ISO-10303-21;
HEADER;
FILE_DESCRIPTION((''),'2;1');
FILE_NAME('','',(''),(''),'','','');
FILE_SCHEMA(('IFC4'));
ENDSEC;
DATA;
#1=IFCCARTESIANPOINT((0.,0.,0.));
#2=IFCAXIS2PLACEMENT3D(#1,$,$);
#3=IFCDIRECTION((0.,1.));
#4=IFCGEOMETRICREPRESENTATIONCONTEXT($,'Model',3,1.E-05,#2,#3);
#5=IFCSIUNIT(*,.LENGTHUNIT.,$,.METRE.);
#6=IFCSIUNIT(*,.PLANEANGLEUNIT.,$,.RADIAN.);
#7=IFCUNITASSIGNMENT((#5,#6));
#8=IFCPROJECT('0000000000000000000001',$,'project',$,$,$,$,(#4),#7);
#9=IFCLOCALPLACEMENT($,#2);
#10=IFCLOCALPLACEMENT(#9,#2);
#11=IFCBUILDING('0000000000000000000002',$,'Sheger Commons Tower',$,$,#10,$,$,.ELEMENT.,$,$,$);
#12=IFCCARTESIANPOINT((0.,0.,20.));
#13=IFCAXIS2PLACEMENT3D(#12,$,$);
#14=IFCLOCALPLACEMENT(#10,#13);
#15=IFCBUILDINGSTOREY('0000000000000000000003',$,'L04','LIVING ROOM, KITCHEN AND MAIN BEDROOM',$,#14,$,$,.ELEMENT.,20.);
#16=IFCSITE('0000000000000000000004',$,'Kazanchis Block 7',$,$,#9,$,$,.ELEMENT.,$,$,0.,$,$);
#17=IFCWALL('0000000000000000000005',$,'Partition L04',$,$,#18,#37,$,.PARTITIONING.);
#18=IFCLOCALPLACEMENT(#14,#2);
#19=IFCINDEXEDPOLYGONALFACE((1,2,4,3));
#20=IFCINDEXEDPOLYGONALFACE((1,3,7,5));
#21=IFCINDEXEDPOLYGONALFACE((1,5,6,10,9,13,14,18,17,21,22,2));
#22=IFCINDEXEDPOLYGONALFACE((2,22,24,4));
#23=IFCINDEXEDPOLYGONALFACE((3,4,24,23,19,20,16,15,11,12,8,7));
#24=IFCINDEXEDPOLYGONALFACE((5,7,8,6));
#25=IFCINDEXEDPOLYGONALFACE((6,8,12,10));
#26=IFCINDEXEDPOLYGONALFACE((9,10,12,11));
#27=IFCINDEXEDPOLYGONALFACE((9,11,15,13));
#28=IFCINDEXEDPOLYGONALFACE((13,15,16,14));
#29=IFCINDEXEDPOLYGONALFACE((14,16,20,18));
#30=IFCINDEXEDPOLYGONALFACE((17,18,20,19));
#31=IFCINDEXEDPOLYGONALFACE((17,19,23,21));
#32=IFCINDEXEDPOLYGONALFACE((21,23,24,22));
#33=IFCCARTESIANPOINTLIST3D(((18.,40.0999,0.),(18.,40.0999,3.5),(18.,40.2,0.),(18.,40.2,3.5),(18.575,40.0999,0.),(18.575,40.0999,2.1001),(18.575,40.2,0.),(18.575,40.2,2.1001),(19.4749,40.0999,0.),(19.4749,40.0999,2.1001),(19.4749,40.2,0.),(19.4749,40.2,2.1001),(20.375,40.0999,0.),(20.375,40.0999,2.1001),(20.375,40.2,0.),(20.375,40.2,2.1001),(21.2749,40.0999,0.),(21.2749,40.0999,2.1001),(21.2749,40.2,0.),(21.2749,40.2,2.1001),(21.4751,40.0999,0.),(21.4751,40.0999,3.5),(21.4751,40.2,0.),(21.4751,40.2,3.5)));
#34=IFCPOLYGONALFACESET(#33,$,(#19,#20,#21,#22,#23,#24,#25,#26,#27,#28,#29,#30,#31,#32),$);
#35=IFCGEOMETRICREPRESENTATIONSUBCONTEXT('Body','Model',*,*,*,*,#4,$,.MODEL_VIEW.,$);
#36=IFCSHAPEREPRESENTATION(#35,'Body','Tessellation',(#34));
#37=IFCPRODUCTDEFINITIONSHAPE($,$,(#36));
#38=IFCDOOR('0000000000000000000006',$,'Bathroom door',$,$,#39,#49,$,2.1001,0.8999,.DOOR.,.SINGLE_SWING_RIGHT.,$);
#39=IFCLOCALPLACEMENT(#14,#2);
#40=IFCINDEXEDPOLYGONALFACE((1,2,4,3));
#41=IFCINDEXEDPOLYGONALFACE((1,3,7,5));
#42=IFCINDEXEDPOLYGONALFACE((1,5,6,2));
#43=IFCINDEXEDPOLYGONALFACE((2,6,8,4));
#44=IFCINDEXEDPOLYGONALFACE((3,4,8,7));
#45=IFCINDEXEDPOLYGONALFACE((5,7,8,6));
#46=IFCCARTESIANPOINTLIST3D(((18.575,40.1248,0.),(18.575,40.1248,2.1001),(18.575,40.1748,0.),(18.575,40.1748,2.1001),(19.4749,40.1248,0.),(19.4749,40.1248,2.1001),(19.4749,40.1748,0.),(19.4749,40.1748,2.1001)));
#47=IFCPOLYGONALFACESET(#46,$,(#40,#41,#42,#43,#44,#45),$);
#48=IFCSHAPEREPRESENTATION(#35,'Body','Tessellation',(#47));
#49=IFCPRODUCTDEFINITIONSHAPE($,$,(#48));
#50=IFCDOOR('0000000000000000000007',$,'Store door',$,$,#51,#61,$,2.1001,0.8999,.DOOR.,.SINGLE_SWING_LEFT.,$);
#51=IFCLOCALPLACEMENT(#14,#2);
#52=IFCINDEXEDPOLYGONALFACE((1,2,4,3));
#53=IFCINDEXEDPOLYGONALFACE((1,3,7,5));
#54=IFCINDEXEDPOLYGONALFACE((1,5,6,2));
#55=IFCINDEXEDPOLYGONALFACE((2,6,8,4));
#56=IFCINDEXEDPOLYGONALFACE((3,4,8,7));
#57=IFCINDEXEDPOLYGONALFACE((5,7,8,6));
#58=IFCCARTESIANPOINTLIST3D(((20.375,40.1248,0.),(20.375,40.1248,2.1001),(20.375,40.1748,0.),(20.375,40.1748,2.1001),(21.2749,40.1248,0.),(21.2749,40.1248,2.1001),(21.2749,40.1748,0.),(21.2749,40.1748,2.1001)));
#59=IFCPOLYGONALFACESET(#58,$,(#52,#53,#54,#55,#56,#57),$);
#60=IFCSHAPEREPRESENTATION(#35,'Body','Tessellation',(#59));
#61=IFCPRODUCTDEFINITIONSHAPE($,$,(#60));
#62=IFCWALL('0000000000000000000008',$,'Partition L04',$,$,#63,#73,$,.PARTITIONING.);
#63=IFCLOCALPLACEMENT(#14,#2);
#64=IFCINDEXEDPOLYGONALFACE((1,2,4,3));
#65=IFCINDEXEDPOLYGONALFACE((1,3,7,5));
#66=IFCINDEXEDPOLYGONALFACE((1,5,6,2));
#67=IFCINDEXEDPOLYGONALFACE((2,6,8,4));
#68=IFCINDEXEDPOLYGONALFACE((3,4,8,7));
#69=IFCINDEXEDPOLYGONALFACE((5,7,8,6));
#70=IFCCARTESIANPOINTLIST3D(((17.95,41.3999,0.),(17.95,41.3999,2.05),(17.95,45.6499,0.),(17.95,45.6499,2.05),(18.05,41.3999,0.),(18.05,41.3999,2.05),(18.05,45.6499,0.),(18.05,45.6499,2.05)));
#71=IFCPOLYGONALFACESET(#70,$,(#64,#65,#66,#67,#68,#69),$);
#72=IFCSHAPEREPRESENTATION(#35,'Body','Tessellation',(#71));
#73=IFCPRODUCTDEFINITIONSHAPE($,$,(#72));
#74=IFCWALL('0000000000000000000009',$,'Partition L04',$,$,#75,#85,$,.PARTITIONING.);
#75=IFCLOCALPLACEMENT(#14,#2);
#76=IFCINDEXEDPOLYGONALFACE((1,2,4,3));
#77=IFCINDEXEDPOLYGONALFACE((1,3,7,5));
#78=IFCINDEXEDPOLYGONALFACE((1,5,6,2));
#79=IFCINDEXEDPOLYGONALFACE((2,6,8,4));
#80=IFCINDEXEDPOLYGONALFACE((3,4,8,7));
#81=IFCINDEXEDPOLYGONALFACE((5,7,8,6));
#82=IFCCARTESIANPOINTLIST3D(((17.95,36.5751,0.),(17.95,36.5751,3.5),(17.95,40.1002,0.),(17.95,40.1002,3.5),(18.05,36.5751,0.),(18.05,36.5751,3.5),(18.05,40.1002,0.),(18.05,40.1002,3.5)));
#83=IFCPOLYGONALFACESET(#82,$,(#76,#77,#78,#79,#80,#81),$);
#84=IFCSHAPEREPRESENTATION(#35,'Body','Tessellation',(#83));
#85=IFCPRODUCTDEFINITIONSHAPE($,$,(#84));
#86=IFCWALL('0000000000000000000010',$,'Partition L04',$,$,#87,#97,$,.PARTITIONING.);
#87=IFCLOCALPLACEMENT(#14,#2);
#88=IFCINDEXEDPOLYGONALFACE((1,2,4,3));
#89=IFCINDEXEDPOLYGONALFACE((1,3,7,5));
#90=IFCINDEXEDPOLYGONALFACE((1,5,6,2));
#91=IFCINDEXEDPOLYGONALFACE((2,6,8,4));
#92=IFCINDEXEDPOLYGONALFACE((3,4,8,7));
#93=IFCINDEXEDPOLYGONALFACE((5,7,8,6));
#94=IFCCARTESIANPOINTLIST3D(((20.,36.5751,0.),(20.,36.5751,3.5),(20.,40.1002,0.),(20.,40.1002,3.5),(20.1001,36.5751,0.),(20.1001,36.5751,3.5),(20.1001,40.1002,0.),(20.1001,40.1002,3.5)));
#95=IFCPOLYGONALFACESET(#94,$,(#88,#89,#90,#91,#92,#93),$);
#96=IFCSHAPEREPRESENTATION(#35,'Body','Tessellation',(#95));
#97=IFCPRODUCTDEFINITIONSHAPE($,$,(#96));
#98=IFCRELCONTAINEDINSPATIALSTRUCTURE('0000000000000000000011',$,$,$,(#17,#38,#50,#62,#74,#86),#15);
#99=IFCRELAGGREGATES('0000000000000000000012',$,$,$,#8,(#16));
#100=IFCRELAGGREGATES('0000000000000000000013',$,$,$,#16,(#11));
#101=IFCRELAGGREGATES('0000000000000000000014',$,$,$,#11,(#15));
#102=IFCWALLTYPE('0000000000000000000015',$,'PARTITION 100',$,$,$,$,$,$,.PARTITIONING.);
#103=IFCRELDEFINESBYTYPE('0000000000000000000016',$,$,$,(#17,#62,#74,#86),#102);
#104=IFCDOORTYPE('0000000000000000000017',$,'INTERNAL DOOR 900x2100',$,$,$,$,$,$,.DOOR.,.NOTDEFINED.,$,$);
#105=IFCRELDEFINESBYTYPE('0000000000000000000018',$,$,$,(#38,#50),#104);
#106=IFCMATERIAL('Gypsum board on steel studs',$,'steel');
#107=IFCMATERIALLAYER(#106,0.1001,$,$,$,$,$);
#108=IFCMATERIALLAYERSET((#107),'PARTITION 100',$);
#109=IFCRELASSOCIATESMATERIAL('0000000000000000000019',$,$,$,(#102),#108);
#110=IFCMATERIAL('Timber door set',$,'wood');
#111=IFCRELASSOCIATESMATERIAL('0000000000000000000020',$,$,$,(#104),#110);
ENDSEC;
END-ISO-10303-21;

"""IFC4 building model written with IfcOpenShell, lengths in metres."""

from ifc_helpers import new_model, si_unit, direction, frame, frame_2d, origin, place, context, subcontext, project, spatial, rectangle, extrude, material, layer, layer_set, type_object, element, fill, save


model = new_model("IFC4")

# Units and contexts
model_context = context("Model", 3, precision=1e-05, world=origin(), true_north=direction((0.0, 1.0)))
body_context = subcontext(model_context, "Body", "Model", "MODEL_VIEW")
ifc_project = project(units=[si_unit("LENGTHUNIT", "METRE"), si_unit("PLANEANGLEUNIT", "RADIAN")], contexts=[model_context])

# Site, building, storey
site_placement = place(None, origin())
site = spatial("IfcSite", under=ifc_project, at=site_placement, Name="Kazanchis Block 7", CompositionType="ELEMENT", RefElevation=0.0)
building_placement = place(site_placement, origin())
building = spatial("IfcBuilding", under=site, at=building_placement, Name="Sheger Commons Tower", CompositionType="ELEMENT")
storey_placement = place(building_placement, frame((0.0, 0.0, 20.0)))
storey = spatial("IfcBuildingStorey", under=building, at=storey_placement, Name="L04", Description="LIVING ROOM, KITCHEN AND MAIN BEDROOM", CompositionType="ELEMENT", Elevation=20.0)

# Shared definitions
ifc_material_1 = material(Name="Gypsum board on steel studs", Category="steel")
ifc_layer_1 = layer(ifc_material_1, 0.1001)
ifc_layer_set_1 = layer_set([ifc_layer_1], Name="PARTITION 100")
wall_type_1 = type_object("IfcWallType", Name="PARTITION 100", PredefinedType="PARTITIONING", material=ifc_layer_set_1)
ifc_material_2 = material(Name="Timber door set", Category="wood")
door_type = type_object("IfcDoorType", Name="INTERNAL DOOR 900x2100", OperationType="NOTDEFINED", PredefinedType="DOOR", material=ifc_material_2)

# Wall, openings, doors
wall_1_placement = place(storey_placement, frame((18.0, 40.1499, 0.0), z_axis=(0.0, 0.0, 1.0), x_axis=(1.0, 0.0, 0.0)))
wall_1 = element("IfcWall", 1, at=wall_1_placement, inside=storey, type_object=wall_type_1, Name="Partition L04", PredefinedType="PARTITIONING", context=body_context, shape_type="SweptSolid", body=[
    extrude(rectangle(XDim=3.4751, YDim=0.1001, at=frame_2d((1.7375, 0.0))), origin(), (0.0, 0.0, 1.0), 3.5),
])
opening_1_placement = place(wall_1_placement, frame((0.575, 0.0, 0.0)))
opening_1 = element("IfcOpeningElement", 2, at=opening_1_placement, cuts=wall_1, PredefinedType="OPENING", context=body_context, shape_type="SweptSolid", body=[
    extrude(rectangle(XDim=0.8999, YDim=2.1001, at=frame_2d((0.45, 1.05))), frame((0.0, 0.0601, 0.0), z_axis=(0.0, -1.0, 0.0), x_axis=(1.0, 0.0, 0.0)), (0.0, 0.0, 1.0), 0.1201),
])
opening_2_placement = place(wall_1_placement, frame((2.375, 0.0, 0.0)))
opening_2 = element("IfcOpeningElement", 3, at=opening_2_placement, cuts=wall_1, PredefinedType="OPENING", context=body_context, shape_type="SweptSolid", body=[
    extrude(rectangle(XDim=0.8999, YDim=2.1001, at=frame_2d((0.45, 1.05))), frame((0.0, 0.0601, 0.0), z_axis=(0.0, -1.0, 0.0), x_axis=(1.0, 0.0, 0.0)), (0.0, 0.0, 1.0), 0.1201),
])
door_1_placement = place(opening_1_placement, origin())
door_1 = element("IfcDoor", 4, at=door_1_placement, inside=storey, type_object=door_type, Name="Bathroom door", OperationType="SINGLE_SWING_RIGHT", OverallHeight=2.1001, OverallWidth=0.8999, PredefinedType="DOOR", context=body_context, shape_type="SweptSolid", body=[
    extrude(rectangle(XDim=0.8999, YDim=2.1001, at=frame_2d((0.45, 1.05))), frame((0.0, 0.0249, 0.0), z_axis=(0.0, -1.0, 0.0), x_axis=(1.0, 0.0, 0.0)), (0.0, 0.0, 1.0), 0.05),
])
fill(opening_1, door_1)
door_2_placement = place(opening_2_placement, origin())
door_2 = element("IfcDoor", 5, at=door_2_placement, inside=storey, type_object=door_type, Name="Store door", OperationType="SINGLE_SWING_LEFT", OverallHeight=2.1001, OverallWidth=0.8999, PredefinedType="DOOR", context=body_context, shape_type="SweptSolid", body=[
    extrude(rectangle(XDim=0.8999, YDim=2.1001, at=frame_2d((0.45, 1.05))), frame((0.0, 0.0249, 0.0), z_axis=(0.0, -1.0, 0.0), x_axis=(1.0, 0.0, 0.0)), (0.0, 0.0, 1.0), 0.05),
])
fill(opening_2, door_2)

# Walls
wall_2_placement = place(storey_placement, frame((18.0, 41.3999, 0.0), z_axis=(0.0, 0.0, 1.0), x_axis=(0.0, 1.0, 0.0)))
element("IfcWall", 6, at=wall_2_placement, inside=storey, type_object=wall_type_1, Name="Partition L04", PredefinedType="PARTITIONING", context=body_context, shape_type="SweptSolid", body=[
    extrude(rectangle(XDim=4.25, YDim=0.1001, at=frame_2d((2.125, 0.0))), origin(), (0.0, 0.0, 1.0), 2.05),
])
for number, where, z_axis, x_axis, name in (
    (7, (18.0, 36.575, 0.0), (0.0, 0.0, 1.0), (0.0, 1.0, 0.0), "Partition L04"),
    (8, (20.05, 36.575, 0.0), (0.0, 0.0, 1.0), (0.0, 1.0, 0.0), "Partition L04"),
):
    element("IfcWall", number, at=place(storey_placement, frame(where, z_axis=z_axis, x_axis=x_axis)), inside=storey, type_object=wall_type_1, Name=name, PredefinedType="PARTITIONING", context=body_context, shape_type="SweptSolid", body=[
        extrude(rectangle(XDim=3.5251, YDim=0.1001, at=frame_2d((1.7627, 0.0))), origin(), (0.0, 0.0, 1.0), 3.5),
    ])

save(model, "model.ifc")
